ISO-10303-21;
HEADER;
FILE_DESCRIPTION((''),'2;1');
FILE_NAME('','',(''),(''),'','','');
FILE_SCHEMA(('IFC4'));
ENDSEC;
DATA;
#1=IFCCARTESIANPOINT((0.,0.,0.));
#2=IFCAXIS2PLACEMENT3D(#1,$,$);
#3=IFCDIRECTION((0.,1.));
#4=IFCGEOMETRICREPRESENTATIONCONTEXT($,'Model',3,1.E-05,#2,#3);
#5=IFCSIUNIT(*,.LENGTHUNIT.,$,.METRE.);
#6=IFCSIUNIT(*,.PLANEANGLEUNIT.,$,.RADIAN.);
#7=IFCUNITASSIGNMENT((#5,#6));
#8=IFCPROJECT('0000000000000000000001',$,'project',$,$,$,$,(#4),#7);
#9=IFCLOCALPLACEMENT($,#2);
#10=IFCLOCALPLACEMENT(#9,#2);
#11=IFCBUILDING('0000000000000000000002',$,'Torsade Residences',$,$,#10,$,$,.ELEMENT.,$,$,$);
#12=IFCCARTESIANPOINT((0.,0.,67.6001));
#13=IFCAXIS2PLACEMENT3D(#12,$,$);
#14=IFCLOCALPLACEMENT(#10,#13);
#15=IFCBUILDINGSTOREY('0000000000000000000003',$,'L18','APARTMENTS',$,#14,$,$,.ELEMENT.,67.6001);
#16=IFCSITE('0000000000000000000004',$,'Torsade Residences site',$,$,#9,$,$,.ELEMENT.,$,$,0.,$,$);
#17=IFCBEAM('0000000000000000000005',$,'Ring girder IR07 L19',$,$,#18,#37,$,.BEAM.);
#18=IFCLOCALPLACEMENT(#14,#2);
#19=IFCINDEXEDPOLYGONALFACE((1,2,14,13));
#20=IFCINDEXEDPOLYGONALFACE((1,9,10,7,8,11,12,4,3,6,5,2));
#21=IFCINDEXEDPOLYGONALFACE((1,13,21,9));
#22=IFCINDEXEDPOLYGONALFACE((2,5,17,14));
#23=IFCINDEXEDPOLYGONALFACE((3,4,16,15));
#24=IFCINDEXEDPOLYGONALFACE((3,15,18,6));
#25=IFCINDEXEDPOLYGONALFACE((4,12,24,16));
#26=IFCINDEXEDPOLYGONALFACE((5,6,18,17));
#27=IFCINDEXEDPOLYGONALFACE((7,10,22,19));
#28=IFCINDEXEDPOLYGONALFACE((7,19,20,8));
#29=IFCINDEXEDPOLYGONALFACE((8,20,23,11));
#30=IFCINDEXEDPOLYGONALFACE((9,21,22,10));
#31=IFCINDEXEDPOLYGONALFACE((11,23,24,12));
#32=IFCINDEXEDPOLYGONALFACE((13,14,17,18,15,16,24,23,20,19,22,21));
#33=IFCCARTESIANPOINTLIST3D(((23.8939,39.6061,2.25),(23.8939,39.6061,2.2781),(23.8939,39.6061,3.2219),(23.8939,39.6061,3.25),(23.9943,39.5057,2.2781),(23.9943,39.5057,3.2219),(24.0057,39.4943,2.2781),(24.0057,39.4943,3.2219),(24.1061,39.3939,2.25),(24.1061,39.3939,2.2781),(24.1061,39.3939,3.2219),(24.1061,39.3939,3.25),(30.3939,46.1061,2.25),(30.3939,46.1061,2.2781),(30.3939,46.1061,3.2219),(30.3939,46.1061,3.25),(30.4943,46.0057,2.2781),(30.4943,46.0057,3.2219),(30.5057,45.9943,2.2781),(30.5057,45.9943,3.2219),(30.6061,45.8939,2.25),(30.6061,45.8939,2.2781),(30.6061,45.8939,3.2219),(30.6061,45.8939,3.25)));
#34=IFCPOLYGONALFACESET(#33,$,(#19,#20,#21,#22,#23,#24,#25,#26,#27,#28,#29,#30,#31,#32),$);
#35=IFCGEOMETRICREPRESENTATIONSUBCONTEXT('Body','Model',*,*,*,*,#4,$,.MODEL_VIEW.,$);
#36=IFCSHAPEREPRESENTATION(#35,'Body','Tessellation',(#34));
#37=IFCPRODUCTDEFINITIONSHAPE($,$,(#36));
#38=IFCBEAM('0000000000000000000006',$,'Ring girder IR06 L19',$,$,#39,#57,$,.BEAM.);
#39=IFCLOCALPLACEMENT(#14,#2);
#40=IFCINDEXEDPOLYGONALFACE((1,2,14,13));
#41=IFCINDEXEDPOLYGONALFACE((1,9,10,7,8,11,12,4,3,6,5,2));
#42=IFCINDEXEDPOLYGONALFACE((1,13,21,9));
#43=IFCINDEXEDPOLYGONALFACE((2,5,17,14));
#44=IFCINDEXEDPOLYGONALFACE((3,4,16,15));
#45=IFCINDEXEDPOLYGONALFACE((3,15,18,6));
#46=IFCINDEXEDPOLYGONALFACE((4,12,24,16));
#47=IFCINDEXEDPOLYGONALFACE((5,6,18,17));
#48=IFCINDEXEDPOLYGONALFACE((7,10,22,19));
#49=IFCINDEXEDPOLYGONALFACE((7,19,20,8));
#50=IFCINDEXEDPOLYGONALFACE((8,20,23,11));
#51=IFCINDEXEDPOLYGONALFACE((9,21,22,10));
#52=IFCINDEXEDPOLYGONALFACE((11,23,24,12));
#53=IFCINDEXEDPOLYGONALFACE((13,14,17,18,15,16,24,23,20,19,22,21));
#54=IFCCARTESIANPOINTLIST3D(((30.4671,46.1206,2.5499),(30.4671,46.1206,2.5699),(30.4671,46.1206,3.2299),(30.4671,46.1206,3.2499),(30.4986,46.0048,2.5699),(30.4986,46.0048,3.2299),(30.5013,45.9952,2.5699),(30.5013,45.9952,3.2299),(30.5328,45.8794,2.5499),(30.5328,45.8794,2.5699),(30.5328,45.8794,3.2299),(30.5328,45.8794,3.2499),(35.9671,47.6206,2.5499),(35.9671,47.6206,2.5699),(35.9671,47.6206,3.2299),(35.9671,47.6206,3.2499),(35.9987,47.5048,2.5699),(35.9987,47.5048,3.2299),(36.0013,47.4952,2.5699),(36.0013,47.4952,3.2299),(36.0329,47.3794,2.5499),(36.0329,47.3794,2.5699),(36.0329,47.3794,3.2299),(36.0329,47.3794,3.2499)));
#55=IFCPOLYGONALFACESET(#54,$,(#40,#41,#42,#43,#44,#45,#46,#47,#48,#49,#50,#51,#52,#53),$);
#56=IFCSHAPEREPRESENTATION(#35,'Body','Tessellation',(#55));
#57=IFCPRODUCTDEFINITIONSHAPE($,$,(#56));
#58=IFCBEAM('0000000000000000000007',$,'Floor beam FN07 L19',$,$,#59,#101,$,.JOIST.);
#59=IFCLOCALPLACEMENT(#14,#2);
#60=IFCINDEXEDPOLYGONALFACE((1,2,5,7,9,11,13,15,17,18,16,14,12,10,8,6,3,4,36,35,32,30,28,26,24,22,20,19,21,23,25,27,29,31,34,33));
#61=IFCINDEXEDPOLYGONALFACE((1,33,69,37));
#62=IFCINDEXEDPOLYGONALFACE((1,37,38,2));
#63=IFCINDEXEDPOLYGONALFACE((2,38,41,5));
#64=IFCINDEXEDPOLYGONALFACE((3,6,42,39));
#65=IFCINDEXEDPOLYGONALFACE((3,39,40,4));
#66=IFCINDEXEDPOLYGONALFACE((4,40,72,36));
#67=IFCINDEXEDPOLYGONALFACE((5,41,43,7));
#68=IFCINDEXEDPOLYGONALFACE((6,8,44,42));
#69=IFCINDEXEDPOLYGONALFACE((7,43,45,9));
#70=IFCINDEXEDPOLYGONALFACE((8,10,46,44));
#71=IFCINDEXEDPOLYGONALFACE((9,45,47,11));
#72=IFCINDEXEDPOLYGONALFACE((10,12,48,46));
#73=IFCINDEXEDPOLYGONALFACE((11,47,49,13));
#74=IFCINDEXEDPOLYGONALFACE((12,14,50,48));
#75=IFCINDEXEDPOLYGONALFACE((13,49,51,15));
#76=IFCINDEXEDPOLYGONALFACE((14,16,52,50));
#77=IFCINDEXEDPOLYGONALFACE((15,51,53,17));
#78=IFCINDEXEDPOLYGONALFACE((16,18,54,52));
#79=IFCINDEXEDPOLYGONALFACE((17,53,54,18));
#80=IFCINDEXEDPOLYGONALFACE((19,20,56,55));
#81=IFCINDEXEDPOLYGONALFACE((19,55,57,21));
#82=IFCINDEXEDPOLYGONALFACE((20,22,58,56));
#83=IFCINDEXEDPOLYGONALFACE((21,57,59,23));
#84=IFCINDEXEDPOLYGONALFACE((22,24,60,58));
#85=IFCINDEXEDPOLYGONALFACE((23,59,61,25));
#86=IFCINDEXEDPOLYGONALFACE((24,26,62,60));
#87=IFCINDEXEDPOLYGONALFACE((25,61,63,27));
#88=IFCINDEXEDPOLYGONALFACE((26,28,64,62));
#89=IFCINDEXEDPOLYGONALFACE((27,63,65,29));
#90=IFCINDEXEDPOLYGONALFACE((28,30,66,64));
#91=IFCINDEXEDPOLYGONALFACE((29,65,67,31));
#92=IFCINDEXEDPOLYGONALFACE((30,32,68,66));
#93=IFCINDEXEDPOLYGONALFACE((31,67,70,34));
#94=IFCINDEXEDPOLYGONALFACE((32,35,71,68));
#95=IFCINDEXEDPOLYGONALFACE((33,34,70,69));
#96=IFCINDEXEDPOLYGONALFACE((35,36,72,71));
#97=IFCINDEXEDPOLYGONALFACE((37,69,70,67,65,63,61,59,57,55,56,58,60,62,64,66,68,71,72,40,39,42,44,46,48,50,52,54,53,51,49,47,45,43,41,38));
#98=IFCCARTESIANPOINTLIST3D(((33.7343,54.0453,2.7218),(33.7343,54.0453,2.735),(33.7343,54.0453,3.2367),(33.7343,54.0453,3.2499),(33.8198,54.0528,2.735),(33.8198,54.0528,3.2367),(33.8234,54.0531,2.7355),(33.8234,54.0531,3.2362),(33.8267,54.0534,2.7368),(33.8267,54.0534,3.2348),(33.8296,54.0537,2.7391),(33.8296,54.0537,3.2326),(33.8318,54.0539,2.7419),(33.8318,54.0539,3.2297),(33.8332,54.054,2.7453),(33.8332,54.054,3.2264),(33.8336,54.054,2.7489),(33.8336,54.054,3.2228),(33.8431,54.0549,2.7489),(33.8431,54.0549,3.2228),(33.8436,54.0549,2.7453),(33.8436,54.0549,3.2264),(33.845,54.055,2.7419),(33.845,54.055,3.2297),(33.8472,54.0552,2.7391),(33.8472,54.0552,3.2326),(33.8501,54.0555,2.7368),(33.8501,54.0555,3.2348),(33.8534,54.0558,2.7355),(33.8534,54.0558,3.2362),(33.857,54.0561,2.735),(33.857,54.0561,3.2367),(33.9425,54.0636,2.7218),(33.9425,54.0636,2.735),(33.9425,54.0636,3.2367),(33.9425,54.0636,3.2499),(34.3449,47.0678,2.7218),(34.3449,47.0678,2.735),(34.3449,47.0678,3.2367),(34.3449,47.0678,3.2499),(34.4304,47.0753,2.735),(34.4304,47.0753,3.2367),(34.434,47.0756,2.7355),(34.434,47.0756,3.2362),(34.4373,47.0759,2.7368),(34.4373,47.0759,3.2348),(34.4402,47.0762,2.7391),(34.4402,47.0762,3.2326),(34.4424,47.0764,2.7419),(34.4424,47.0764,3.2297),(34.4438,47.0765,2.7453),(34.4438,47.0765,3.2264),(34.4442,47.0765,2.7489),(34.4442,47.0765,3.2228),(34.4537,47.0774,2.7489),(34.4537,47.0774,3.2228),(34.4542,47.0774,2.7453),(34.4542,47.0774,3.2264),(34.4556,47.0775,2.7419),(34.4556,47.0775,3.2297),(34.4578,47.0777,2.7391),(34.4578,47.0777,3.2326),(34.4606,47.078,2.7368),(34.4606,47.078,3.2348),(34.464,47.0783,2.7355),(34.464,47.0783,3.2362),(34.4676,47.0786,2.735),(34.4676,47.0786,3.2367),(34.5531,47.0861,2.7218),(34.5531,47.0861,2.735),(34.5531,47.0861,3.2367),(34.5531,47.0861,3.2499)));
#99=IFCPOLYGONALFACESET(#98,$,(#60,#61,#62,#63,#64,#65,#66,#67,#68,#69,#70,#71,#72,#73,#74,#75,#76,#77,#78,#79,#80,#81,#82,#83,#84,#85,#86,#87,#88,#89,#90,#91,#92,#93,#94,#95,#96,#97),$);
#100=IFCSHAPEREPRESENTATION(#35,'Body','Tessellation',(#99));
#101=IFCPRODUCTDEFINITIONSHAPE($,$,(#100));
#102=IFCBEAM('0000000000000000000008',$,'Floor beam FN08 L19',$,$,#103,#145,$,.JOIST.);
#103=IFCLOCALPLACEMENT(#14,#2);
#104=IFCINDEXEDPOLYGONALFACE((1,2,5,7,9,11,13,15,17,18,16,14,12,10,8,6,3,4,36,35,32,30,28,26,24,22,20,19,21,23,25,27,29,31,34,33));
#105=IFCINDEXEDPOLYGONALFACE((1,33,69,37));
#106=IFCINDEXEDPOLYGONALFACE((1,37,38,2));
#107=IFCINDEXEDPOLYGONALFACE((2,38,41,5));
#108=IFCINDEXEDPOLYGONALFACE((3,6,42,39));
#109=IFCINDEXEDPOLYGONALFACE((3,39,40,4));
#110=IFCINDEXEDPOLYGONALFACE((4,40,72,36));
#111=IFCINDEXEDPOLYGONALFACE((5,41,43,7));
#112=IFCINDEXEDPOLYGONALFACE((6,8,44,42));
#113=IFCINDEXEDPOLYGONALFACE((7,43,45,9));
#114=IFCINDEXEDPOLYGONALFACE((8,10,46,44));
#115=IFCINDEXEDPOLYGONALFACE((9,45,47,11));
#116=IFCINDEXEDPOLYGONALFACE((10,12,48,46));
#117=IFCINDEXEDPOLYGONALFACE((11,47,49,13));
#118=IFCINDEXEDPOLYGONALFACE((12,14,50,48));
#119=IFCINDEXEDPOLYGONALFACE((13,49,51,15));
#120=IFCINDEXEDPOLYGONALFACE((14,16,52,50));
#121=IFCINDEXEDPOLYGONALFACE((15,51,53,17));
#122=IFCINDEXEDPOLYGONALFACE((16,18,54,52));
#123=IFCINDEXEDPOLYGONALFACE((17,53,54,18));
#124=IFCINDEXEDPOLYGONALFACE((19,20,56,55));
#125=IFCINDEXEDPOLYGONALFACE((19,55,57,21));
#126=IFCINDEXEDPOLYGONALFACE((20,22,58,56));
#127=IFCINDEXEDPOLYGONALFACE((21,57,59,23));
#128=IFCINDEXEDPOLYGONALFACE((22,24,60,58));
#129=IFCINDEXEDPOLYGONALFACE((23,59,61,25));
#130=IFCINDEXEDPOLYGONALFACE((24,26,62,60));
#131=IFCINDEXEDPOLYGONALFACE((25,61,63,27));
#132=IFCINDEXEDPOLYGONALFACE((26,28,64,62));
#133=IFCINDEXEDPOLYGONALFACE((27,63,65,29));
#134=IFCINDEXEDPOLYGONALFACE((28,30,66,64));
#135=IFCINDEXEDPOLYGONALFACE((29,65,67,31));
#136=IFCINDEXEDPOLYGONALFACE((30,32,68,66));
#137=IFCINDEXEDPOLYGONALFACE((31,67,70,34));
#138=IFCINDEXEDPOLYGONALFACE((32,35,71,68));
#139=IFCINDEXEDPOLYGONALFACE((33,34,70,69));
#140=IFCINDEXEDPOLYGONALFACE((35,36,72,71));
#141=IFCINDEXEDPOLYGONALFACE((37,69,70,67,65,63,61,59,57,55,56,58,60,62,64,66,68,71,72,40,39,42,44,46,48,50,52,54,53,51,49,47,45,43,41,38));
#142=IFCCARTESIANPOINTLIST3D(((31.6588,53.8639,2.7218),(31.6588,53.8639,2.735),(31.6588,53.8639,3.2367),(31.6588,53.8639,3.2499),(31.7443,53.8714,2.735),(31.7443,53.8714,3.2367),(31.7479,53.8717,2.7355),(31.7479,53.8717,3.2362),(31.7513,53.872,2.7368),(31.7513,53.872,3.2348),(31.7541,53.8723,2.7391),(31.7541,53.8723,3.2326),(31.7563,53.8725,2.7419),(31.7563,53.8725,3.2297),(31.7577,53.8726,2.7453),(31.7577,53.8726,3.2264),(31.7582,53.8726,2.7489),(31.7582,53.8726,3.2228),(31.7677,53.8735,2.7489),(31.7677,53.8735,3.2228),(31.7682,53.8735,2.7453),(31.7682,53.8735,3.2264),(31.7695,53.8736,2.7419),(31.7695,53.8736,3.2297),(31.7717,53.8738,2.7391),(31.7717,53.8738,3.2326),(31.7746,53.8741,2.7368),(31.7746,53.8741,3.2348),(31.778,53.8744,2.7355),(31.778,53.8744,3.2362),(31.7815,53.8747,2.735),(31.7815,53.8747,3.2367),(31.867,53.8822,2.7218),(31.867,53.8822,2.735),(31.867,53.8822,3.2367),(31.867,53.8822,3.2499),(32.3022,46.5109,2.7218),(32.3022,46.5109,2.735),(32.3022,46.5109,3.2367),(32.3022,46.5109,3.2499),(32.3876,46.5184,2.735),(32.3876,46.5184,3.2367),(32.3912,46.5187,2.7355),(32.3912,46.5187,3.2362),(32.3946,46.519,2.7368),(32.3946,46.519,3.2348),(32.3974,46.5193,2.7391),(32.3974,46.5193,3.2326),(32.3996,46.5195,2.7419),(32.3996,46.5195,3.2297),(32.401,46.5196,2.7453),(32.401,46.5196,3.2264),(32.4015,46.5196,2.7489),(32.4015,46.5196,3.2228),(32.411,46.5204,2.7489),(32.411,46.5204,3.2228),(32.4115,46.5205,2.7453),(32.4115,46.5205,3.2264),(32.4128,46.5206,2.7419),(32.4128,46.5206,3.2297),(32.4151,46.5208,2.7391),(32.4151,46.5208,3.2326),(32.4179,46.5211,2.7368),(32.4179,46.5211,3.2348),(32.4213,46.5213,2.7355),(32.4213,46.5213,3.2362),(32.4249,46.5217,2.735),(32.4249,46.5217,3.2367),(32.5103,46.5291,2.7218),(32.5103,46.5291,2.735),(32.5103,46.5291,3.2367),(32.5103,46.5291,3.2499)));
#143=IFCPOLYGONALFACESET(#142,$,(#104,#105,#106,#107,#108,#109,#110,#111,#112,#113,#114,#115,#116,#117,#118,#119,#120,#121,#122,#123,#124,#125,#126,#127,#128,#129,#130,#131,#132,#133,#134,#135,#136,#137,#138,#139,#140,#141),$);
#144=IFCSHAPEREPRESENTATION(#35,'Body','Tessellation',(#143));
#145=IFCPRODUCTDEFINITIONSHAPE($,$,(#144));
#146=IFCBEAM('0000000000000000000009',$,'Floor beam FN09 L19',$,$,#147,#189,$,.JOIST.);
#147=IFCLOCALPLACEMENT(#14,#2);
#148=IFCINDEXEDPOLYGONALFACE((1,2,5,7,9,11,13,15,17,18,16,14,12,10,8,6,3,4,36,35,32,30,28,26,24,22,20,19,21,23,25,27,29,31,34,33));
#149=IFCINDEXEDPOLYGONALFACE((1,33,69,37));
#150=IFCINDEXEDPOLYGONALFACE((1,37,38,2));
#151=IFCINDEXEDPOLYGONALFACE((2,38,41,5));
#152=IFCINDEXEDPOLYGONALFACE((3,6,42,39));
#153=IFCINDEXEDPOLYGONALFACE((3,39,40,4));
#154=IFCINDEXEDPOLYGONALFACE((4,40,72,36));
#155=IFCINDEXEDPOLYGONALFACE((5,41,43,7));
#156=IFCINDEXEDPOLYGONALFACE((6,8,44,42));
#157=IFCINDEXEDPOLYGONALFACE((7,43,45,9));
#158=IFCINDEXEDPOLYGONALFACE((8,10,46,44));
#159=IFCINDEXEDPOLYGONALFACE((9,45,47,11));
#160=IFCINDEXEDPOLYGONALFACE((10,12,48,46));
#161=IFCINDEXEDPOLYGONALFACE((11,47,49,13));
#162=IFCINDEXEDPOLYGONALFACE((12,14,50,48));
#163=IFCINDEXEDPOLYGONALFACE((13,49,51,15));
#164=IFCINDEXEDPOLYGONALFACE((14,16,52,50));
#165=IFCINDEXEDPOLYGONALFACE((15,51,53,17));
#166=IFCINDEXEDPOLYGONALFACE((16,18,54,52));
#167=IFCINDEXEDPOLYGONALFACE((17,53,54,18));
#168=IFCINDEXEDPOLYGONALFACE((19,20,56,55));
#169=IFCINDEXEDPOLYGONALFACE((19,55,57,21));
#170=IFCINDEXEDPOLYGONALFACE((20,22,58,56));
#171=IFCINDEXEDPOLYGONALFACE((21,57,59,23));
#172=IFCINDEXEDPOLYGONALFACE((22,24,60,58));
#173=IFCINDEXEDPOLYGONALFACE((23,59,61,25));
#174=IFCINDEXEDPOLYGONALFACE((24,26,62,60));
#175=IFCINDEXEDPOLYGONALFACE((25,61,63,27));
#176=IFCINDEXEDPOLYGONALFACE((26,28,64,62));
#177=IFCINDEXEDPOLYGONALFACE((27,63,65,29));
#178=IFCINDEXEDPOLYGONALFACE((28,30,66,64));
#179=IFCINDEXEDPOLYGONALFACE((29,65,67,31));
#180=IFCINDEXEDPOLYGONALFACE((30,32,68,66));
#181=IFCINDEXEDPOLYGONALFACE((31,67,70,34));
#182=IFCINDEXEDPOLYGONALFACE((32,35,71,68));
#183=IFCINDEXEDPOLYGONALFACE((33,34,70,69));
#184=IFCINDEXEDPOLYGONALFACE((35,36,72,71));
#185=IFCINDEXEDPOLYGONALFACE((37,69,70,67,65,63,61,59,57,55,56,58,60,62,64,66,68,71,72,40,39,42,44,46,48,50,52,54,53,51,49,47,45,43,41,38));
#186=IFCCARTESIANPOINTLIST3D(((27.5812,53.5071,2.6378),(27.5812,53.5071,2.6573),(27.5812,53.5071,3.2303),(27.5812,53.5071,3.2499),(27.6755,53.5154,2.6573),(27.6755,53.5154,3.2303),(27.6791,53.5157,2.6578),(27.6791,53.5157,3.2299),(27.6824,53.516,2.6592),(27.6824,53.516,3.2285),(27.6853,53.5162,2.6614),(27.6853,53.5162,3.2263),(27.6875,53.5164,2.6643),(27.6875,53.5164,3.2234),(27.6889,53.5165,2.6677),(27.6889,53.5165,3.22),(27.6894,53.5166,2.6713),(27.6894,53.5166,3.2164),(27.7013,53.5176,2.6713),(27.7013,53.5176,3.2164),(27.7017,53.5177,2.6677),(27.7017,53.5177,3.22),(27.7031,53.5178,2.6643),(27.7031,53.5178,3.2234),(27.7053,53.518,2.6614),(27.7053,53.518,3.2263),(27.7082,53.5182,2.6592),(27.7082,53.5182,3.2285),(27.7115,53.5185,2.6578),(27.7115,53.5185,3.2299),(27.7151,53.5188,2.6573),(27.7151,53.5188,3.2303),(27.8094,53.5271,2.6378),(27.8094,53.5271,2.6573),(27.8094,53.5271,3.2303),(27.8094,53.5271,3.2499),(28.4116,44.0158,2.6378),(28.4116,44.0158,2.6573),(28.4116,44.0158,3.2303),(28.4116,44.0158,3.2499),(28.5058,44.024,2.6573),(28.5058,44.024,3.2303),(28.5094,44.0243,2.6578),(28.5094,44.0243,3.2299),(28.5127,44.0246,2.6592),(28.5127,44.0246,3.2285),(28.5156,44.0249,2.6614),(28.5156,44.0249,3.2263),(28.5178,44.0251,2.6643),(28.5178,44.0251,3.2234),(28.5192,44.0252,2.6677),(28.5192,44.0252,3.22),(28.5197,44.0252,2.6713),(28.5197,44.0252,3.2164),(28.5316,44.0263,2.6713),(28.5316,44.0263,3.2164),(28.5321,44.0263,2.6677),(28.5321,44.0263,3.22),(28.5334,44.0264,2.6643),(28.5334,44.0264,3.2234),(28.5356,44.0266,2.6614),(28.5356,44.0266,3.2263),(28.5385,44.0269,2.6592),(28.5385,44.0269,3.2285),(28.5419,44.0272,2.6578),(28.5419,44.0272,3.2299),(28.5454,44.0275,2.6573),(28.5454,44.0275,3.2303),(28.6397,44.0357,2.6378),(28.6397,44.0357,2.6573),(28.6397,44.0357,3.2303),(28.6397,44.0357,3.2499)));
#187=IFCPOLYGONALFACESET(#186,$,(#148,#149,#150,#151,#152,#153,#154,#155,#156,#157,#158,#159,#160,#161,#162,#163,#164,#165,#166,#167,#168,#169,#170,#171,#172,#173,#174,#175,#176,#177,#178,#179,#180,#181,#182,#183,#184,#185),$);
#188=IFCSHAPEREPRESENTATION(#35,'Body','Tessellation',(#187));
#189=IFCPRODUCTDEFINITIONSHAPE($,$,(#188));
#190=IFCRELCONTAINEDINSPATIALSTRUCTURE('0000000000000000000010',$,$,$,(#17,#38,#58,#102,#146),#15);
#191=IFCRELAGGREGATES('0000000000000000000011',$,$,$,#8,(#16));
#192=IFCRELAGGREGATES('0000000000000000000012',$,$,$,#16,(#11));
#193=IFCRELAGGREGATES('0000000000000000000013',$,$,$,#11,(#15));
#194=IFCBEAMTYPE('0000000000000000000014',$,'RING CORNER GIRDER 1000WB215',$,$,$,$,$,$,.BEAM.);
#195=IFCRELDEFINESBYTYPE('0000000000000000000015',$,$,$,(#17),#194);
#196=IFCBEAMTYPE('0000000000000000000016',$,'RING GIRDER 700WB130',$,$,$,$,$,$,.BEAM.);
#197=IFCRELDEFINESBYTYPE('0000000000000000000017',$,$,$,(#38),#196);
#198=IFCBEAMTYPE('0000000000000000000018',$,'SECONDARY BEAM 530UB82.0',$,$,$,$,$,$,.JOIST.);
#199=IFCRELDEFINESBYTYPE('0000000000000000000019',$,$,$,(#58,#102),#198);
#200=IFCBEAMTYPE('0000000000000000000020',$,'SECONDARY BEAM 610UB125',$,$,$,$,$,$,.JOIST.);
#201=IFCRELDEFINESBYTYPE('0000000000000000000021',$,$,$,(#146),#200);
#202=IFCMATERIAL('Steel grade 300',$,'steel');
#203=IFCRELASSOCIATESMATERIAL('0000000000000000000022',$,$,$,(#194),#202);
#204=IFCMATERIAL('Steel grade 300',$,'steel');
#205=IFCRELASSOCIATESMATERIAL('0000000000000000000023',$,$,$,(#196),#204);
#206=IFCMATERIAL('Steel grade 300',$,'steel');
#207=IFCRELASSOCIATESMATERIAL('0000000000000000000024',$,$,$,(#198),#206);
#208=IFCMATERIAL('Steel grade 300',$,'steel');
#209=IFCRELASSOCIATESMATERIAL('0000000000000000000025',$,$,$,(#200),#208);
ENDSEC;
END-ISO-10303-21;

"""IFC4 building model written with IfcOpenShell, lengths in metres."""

from ifc_helpers import new_model, si_unit, direction, frame, origin, origin_2d, place, context, subcontext, project, spatial, i_section, extrude, material, material_profile, profile_set, type_object, element, save


model = new_model("IFC4")

# Units and contexts
model_context = context("Model", 3, precision=1e-05, world=origin(), true_north=direction((0.0, 1.0)))
body_context = subcontext(model_context, "Body", "Model", "MODEL_VIEW")
ifc_project = project(units=[si_unit("LENGTHUNIT", "METRE"), si_unit("PLANEANGLEUNIT", "RADIAN")], contexts=[model_context])

# Site, building, storey
site_placement = place(None, origin())
site = spatial("IfcSite", under=ifc_project, at=site_placement, Name="Torsade Residences site", CompositionType="ELEMENT", RefElevation=0.0)
building_placement = place(site_placement, origin())
building = spatial("IfcBuilding", under=site, at=building_placement, Name="Torsade Residences", CompositionType="ELEMENT")
storey_placement = place(building_placement, frame((0.0, 0.0, 67.6001)))
storey = spatial("IfcBuildingStorey", under=building, at=storey_placement, Name="L18", Description="APARTMENTS", CompositionType="ELEMENT", Elevation=67.6001)

# Beams
ifc_material_1 = material(Name="Steel grade 300", Category="steel")
ifc_material_profile_1 = material_profile(ifc_material_1, i_section(OverallWidth=0.3, OverallDepth=1.0, WebThickness=0.0161, FlangeThickness=0.0281, at=origin_2d()), Name="1000WB215")
ifc_profile_set_1 = profile_set([ifc_material_profile_1], Name="Steel grade 300")
beam_type_1 = type_object("IfcBeamType", Name="RING CORNER GIRDER 1000WB215", PredefinedType="BEAM", material=ifc_profile_set_1)
beam_1_placement = place(storey_placement, frame((30.5, 46.0, 2.75), z_axis=(-0.707107, -0.707107, 0.0), x_axis=(0.707107, -0.707107, 0.0)))
element("IfcBeam", 1, at=beam_1_placement, inside=storey, type_object=beam_type_1, Name="Ring girder IR07 L19", PredefinedType="BEAM", context=body_context, shape_type="SweptSolid", body=[
    extrude(i_section(OverallWidth=0.3, OverallDepth=1.0, WebThickness=0.0161, FlangeThickness=0.0281, at=origin_2d()), origin(), (0.0, 0.0, 1.0), 9.1924),
])
ifc_material_2 = material(Name="Steel grade 300", Category="steel")
ifc_material_profile_2 = material_profile(ifc_material_2, i_section(OverallWidth=0.25, OverallDepth=0.7, WebThickness=0.01, FlangeThickness=0.02, at=origin_2d()), Name="700WB130")
ifc_profile_set_2 = profile_set([ifc_material_profile_2], Name="Steel grade 300")
beam_type_2 = type_object("IfcBeamType", Name="RING GIRDER 700WB130", PredefinedType="BEAM", material=ifc_profile_set_2)
beam_2_placement = place(storey_placement, frame((36.0, 47.5, 2.8999), z_axis=(-0.964764, -0.263117, 0.0), x_axis=(0.263117, -0.964764, 0.0)))
element("IfcBeam", 2, at=beam_2_placement, inside=storey, type_object=beam_type_2, Name="Ring girder IR06 L19", PredefinedType="BEAM", context=body_context, shape_type="SweptSolid", body=[
    extrude(i_section(OverallWidth=0.25, OverallDepth=0.7, WebThickness=0.01, FlangeThickness=0.02, at=origin_2d()), origin(), (0.0, 0.0, 1.0), 5.7009),
])
ifc_material_3 = material(Name="Steel grade 300", Category="steel")
ifc_material_profile_3 = material_profile(ifc_material_3, i_section(OverallWidth=0.209, OverallDepth=0.5281, WebThickness=0.0095, FlangeThickness=0.0132, FilletRadius=0.0139, at=origin_2d()), Name="530UB82.0")
ifc_profile_set_3 = profile_set([ifc_material_profile_3], Name="Steel grade 300")
beam_type_3 = type_object("IfcBeamType", Name="SECONDARY BEAM 530UB82.0", PredefinedType="JOIST", material=ifc_profile_set_3)
beam_3_placement = place(storey_placement, frame((33.8384, 54.0544, 2.9858), z_axis=(0.087176, -0.996193, 0.0), x_axis=(0.996193, 0.087176, 0.0)))
element("IfcBeam", 3, at=beam_3_placement, inside=storey, type_object=beam_type_3, Name="Floor beam FN07 L19", PredefinedType="JOIST", context=body_context, shape_type="SweptSolid", body=[
    extrude(i_section(OverallWidth=0.209, OverallDepth=0.5281, WebThickness=0.0095, FlangeThickness=0.0132, FilletRadius=0.0139, at=origin_2d()), origin(), (0.0, 0.0, 1.0), 7.0042),
])
beam_4_placement = place(storey_placement, frame((31.7629, 53.873, 2.9858), z_axis=(0.087156, -0.996195, 0.0), x_axis=(0.996195, 0.087156, 0.0)))
element("IfcBeam", 4, at=beam_4_placement, inside=storey, type_object=beam_type_3, Name="Floor beam FN08 L19", PredefinedType="JOIST", context=body_context, shape_type="SweptSolid", body=[
    extrude(i_section(OverallWidth=0.209, OverallDepth=0.5281, WebThickness=0.0095, FlangeThickness=0.0132, FilletRadius=0.0139, at=origin_2d()), origin(), (0.0, 0.0, 1.0), 7.3811),
])
ifc_material_4 = material(Name="Steel grade 300", Category="steel")
ifc_material_profile_4 = material_profile(ifc_material_4, i_section(OverallWidth=0.229, OverallDepth=0.6121, WebThickness=0.012, FlangeThickness=0.0195, FilletRadius=0.0139, at=origin_2d()), Name="610UB125")
ifc_profile_set_4 = profile_set([ifc_material_profile_4], Name="Steel grade 300")
beam_type_4 = type_object("IfcBeamType", Name="SECONDARY BEAM 610UB125", PredefinedType="JOIST", material=ifc_profile_set_4)
beam_5_placement = place(storey_placement, frame((27.6953, 53.5171, 2.9438), z_axis=(0.087148, -0.996195, 0.0), x_axis=(0.996195, 0.087148, 0.0)))
element("IfcBeam", 5, at=beam_5_placement, inside=storey, type_object=beam_type_4, Name="Floor beam FN09 L19", PredefinedType="JOIST", context=body_context, shape_type="SweptSolid", body=[
    extrude(i_section(OverallWidth=0.229, OverallDepth=0.6121, WebThickness=0.012, FlangeThickness=0.0195, FilletRadius=0.0139, at=origin_2d()), origin(), (0.0, 0.0, 1.0), 9.5276),
])

save(model, "model.ifc")
